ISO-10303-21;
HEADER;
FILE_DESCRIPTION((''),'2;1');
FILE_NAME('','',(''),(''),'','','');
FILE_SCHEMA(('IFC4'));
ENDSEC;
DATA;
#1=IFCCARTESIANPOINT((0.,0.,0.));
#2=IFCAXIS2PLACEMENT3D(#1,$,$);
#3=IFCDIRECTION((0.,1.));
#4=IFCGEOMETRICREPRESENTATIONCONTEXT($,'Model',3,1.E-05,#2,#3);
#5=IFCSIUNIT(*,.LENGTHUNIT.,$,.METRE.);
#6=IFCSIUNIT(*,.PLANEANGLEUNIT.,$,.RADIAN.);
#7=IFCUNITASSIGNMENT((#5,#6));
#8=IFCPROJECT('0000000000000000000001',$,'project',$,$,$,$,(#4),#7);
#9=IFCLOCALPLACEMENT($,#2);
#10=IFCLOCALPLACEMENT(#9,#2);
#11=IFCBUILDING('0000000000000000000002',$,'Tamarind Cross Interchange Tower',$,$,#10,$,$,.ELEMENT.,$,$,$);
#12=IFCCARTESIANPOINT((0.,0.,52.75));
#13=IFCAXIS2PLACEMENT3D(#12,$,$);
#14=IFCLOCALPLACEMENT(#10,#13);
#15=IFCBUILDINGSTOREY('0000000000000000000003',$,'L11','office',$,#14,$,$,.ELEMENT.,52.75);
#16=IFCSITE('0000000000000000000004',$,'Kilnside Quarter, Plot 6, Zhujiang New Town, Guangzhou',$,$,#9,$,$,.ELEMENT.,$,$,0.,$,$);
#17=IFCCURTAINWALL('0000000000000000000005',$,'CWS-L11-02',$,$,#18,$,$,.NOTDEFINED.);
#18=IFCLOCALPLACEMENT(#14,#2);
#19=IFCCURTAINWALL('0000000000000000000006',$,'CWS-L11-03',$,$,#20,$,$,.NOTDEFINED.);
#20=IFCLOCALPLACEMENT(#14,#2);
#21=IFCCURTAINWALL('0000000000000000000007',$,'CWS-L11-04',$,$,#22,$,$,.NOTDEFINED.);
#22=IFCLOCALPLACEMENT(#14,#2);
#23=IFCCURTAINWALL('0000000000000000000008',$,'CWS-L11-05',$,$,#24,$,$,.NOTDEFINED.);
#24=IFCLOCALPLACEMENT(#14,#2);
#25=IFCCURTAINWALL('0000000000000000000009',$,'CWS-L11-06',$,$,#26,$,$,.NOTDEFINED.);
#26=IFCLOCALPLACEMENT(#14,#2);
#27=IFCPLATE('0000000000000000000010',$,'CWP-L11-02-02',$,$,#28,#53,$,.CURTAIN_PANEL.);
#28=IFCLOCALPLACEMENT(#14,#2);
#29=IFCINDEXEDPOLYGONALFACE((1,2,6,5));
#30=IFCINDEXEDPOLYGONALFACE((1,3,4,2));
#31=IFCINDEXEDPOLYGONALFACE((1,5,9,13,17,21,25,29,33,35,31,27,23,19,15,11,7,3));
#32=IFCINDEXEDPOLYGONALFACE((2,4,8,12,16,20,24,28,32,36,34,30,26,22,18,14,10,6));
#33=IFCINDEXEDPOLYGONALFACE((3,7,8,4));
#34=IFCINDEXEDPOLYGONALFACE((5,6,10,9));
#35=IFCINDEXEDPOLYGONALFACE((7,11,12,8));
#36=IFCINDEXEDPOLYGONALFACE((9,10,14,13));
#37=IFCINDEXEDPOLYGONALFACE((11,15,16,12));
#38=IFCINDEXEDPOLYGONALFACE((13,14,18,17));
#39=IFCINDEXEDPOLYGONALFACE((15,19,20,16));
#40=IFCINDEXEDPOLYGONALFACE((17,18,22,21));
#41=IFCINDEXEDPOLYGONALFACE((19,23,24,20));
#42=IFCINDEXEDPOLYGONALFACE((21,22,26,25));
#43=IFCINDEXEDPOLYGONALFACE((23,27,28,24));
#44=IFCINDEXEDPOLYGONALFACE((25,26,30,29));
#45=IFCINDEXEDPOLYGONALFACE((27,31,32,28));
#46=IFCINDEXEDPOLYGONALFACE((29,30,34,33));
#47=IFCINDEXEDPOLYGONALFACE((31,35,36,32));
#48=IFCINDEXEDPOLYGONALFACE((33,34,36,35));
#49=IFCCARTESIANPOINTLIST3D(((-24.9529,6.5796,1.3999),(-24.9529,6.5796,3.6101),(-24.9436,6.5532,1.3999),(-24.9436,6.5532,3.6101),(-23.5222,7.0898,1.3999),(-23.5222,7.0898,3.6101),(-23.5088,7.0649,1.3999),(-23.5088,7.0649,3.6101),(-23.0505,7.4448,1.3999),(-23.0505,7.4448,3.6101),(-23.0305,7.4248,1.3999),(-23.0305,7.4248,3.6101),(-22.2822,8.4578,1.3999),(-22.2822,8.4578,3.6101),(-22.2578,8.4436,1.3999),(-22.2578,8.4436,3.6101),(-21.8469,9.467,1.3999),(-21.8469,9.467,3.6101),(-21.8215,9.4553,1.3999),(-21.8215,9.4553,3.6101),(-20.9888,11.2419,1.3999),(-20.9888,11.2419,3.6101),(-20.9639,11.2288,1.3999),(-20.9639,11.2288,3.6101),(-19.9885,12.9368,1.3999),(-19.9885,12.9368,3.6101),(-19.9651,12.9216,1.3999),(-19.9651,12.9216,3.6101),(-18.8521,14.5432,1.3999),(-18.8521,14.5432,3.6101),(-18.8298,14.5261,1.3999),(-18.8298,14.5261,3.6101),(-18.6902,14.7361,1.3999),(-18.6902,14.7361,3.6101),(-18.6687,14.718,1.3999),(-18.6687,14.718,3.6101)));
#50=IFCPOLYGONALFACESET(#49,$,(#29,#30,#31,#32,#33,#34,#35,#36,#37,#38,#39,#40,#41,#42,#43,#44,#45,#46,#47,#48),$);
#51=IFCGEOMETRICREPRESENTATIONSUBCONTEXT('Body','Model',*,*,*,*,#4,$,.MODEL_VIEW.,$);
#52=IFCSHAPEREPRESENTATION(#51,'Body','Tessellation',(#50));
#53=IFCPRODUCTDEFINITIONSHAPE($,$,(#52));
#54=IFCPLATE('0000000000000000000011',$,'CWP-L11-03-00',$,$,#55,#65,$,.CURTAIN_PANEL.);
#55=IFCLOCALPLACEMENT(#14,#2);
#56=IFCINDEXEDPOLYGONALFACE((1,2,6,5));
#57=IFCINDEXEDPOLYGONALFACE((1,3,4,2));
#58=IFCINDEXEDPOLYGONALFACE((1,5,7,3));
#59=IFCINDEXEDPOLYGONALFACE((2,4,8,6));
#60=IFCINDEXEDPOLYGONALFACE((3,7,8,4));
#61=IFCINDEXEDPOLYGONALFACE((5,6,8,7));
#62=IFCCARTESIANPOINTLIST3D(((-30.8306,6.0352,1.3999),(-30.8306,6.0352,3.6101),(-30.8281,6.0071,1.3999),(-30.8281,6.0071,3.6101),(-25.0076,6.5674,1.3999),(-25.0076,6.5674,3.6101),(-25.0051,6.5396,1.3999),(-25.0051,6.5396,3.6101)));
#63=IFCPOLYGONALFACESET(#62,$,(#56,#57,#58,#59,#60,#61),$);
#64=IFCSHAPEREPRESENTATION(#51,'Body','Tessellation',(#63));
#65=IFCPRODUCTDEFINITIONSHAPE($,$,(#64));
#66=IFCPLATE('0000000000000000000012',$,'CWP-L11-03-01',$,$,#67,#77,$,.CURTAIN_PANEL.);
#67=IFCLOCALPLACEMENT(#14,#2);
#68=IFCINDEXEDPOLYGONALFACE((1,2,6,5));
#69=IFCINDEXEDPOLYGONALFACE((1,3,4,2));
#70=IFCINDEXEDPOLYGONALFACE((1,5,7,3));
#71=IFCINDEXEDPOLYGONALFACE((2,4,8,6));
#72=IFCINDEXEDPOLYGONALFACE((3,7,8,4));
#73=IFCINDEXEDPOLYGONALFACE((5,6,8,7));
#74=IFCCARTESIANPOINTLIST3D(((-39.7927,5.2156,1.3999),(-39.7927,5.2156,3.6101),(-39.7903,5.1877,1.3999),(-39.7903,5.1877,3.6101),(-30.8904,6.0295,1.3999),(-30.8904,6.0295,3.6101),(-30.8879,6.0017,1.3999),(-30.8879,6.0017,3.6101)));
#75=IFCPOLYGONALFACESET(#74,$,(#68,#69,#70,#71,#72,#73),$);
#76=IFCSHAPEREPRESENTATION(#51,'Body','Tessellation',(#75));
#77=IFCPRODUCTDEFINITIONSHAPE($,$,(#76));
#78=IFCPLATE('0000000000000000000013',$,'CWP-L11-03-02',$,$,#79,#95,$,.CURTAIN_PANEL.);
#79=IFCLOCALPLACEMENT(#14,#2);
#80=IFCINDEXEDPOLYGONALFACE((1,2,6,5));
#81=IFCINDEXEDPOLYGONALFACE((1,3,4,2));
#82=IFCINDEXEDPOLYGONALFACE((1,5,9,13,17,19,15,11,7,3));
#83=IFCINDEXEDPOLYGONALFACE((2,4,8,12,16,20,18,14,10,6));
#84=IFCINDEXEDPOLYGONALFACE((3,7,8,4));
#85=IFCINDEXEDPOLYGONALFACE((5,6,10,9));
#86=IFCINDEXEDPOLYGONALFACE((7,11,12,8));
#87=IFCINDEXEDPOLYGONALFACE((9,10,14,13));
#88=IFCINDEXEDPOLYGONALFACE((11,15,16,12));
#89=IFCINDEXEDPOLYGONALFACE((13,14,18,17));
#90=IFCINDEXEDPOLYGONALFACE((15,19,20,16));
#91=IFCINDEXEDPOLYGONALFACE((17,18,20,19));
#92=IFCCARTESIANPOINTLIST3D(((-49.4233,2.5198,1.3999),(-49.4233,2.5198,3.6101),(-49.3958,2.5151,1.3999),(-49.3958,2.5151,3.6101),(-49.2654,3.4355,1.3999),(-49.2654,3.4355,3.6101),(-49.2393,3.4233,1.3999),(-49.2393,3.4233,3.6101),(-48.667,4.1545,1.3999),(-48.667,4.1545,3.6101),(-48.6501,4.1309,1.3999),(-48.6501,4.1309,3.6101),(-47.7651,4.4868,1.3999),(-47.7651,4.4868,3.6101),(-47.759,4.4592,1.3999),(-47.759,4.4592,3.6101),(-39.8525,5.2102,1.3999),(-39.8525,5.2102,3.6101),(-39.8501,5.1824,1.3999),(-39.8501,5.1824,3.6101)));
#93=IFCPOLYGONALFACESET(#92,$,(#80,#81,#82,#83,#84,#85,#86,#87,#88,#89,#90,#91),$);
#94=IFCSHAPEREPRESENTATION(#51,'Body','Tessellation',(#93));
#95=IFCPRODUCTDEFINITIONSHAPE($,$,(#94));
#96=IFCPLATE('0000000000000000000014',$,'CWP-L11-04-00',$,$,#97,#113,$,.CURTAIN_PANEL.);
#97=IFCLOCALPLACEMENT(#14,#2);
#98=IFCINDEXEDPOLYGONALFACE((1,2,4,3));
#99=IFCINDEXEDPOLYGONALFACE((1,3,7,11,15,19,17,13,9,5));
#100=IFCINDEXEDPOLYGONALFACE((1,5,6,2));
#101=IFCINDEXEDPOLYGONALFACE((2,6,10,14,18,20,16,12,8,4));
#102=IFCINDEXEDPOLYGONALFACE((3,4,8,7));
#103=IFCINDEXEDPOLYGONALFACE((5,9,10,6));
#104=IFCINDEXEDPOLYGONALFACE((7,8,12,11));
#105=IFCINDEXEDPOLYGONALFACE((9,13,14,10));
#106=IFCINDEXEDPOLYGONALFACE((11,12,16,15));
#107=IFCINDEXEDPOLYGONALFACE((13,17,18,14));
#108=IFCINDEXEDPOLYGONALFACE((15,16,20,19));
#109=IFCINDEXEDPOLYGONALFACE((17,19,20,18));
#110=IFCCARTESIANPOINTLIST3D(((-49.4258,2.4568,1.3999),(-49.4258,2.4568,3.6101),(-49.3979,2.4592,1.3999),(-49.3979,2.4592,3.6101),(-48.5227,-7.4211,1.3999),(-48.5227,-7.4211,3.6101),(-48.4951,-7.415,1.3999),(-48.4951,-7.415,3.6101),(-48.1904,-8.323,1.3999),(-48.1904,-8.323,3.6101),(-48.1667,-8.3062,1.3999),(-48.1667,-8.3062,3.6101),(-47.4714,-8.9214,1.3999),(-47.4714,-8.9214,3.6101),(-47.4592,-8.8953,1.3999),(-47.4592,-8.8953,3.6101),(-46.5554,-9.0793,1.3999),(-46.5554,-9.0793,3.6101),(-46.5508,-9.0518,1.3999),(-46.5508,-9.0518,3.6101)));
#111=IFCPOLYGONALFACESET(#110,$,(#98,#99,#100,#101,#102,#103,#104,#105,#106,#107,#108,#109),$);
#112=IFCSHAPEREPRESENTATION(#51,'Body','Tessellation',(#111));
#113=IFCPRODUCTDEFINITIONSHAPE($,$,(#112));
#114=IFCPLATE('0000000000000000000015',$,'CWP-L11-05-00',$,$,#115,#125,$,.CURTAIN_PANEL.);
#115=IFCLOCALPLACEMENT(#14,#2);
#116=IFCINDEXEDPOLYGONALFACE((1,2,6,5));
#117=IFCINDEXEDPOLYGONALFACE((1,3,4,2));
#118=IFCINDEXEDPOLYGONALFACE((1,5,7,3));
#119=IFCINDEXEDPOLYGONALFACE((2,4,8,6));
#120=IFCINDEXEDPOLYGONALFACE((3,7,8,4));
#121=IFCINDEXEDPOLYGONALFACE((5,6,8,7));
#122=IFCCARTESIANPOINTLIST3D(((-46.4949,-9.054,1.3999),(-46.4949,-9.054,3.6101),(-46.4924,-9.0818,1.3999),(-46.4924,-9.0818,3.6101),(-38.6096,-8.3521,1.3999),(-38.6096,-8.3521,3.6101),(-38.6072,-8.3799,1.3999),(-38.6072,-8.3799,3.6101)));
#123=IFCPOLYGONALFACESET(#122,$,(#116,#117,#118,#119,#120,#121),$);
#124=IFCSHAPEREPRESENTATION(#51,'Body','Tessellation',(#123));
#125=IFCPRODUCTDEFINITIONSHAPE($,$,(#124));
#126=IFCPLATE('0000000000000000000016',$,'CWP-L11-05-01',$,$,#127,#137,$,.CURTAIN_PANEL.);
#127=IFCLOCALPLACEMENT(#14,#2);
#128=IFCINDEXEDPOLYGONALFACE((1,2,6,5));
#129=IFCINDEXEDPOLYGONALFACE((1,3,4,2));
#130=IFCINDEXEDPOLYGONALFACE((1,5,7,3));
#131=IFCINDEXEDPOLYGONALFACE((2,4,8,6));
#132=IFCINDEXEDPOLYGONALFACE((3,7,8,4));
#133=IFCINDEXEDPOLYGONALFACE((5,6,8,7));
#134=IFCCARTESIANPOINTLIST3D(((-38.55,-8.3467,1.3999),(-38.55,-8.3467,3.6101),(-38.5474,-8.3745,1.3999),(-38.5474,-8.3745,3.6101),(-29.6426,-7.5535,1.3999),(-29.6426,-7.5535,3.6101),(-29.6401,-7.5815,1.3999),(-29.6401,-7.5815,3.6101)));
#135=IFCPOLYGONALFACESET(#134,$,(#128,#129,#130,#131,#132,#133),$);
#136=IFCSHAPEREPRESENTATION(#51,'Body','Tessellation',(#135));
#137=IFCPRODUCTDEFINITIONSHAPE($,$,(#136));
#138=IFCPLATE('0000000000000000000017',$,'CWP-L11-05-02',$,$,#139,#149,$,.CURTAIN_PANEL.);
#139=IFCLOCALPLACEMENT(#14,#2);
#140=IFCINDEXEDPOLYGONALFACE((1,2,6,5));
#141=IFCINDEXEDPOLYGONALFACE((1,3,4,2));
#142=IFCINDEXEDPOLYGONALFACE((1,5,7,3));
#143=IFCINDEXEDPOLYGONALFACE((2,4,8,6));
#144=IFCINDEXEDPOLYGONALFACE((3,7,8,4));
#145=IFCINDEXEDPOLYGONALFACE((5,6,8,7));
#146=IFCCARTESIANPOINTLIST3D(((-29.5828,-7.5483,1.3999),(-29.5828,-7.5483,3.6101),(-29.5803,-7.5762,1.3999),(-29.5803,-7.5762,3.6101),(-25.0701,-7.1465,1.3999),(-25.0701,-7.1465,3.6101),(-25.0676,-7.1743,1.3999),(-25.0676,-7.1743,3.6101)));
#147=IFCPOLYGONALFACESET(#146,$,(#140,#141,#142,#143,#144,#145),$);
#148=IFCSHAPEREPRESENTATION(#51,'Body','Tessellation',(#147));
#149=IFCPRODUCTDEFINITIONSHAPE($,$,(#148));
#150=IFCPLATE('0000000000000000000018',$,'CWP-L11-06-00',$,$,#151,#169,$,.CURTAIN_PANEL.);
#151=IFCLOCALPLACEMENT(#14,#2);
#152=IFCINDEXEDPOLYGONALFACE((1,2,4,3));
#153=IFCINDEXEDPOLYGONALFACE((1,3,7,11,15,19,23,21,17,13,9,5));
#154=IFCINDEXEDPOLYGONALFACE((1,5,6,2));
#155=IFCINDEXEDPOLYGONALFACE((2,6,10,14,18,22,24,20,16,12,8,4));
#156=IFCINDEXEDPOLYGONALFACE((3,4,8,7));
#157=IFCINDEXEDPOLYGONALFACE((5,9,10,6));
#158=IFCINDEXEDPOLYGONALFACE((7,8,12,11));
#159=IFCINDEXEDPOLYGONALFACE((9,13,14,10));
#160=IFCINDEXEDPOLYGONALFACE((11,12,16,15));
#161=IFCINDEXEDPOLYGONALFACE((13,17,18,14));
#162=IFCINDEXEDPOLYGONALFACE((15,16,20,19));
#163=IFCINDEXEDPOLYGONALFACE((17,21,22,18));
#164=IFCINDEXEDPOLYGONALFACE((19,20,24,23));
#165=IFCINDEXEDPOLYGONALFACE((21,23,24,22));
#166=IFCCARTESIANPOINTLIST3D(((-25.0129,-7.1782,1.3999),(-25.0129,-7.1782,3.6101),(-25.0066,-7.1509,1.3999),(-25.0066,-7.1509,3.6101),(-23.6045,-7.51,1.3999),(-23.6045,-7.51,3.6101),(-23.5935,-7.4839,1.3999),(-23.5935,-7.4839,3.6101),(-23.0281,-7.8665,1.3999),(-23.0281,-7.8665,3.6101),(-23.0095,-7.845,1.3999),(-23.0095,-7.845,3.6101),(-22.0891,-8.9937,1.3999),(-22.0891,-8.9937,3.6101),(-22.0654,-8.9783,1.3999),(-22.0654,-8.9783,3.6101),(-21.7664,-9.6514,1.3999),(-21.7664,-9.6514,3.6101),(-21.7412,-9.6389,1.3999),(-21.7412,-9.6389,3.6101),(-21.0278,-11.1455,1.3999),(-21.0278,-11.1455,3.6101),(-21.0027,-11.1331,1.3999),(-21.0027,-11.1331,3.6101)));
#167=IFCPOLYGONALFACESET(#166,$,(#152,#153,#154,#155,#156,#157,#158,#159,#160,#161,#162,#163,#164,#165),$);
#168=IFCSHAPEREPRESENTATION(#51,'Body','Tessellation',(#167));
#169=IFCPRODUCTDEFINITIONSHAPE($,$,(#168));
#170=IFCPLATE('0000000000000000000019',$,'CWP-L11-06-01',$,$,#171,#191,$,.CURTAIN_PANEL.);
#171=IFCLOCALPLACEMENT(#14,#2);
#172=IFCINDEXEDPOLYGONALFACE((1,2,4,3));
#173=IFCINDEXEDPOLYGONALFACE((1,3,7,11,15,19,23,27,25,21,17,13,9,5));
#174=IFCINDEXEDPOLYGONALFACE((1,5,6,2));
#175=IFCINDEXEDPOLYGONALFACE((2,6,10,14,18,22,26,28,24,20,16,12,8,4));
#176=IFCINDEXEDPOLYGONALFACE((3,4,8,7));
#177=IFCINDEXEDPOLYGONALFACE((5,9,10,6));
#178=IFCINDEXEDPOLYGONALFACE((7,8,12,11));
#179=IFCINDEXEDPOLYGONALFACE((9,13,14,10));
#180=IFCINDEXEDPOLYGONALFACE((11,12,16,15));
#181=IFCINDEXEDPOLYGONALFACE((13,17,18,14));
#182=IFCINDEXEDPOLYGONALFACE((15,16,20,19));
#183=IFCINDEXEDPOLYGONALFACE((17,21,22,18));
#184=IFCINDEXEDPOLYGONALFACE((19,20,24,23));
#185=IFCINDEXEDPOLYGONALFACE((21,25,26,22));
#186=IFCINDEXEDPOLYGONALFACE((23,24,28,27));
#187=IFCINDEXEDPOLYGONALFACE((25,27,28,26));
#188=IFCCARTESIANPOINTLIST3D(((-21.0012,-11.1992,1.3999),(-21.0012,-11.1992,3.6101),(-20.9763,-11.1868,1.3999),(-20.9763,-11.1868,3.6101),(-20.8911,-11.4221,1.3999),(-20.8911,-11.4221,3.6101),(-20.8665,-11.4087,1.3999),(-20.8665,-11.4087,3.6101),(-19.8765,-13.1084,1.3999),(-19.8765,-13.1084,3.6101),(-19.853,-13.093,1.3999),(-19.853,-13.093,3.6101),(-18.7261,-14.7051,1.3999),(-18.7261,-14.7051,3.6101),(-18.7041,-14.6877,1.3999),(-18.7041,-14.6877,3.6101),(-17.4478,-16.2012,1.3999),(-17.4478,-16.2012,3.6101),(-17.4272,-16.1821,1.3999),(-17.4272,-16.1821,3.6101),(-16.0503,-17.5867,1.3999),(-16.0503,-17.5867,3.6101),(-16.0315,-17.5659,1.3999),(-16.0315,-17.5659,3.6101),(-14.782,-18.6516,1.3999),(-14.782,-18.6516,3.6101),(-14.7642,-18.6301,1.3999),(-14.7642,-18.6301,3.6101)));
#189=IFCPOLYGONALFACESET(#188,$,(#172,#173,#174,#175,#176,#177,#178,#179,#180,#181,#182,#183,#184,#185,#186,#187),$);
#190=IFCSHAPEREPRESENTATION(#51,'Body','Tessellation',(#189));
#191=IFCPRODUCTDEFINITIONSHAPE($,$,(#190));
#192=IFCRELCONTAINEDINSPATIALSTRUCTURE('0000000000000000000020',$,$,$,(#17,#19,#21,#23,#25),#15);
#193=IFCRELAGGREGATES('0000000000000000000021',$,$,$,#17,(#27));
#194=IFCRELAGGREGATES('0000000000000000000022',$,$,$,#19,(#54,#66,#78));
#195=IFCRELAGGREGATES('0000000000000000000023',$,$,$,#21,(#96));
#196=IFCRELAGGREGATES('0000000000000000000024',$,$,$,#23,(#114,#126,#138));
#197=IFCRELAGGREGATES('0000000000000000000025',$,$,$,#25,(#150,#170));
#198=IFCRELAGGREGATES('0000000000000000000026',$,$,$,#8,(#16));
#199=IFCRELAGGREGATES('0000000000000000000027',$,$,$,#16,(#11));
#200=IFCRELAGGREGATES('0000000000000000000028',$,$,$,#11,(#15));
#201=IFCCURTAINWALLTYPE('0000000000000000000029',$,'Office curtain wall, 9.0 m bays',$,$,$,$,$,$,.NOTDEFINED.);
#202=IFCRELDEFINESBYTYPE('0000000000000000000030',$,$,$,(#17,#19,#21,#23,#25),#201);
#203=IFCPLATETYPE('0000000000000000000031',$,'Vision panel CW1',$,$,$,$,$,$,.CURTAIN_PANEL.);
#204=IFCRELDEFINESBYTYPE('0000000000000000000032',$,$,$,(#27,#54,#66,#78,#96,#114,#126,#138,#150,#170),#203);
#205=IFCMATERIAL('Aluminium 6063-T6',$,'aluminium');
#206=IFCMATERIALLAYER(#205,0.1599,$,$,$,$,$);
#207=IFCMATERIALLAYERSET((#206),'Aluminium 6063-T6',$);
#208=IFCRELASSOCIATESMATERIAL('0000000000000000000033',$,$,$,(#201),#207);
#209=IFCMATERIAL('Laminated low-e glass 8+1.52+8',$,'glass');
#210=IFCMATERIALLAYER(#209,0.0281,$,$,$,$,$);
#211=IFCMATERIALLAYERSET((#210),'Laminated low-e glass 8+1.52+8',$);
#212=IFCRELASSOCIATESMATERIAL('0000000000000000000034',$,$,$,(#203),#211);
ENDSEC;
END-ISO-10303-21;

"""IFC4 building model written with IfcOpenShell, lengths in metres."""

from ifc_helpers import new_model, si_unit, direction, frame, origin, place, context, subcontext, project, spatial, polyline, outline, extrude, material, layer, layer_set, type_object, element, aggregate, save


model = new_model("IFC4")

# Units and contexts
model_context = context("Model", 3, precision=1e-05, world=origin(), true_north=direction((0.0, 1.0)))
body_context = subcontext(model_context, "Body", "Model", "MODEL_VIEW")
ifc_project = project(units=[si_unit("LENGTHUNIT", "METRE"), si_unit("PLANEANGLEUNIT", "RADIAN")], contexts=[model_context])

# Site, building, storey
site_placement = place(None, origin())
site = spatial("IfcSite", under=ifc_project, at=site_placement, Name="Kilnside Quarter, Plot 6, Zhujiang New Town, Guangzhou", CompositionType="ELEMENT", RefElevation=0.0)
building_placement = place(site_placement, origin())
building = spatial("IfcBuilding", under=site, at=building_placement, Name="Tamarind Cross Interchange Tower", CompositionType="ELEMENT")
storey_placement = place(building_placement, frame((0.0, 0.0, 52.75)))
storey = spatial("IfcBuildingStorey", under=building, at=storey_placement, Name="L11", Description="office", CompositionType="ELEMENT", Elevation=52.75)

# Curtain walls
ifc_material_1 = material(Name="Aluminium 6063-T6", Category="aluminium")
ifc_layer_1 = layer(ifc_material_1, 0.1599)
ifc_layer_set_1 = layer_set([ifc_layer_1], Name="Aluminium 6063-T6")
curtain_wall_type = type_object("IfcCurtainWallType", Name="Office curtain wall, 9.0 m bays", PredefinedType="NOTDEFINED", material=ifc_layer_set_1)
curtain_wall_1_placement = place(storey_placement, origin())
curtain_wall_1 = element("IfcCurtainWall", 1, at=curtain_wall_1_placement, inside=storey, type_object=curtain_wall_type, Name="CWS-L11-02", PredefinedType="NOTDEFINED")
curtain_wall_2_placement = place(storey_placement, origin())
curtain_wall_2 = element("IfcCurtainWall", 2, at=curtain_wall_2_placement, inside=storey, type_object=curtain_wall_type, Name="CWS-L11-03", PredefinedType="NOTDEFINED")
curtain_wall_3_placement = place(storey_placement, origin())
curtain_wall_3 = element("IfcCurtainWall", 3, at=curtain_wall_3_placement, inside=storey, type_object=curtain_wall_type, Name="CWS-L11-04", PredefinedType="NOTDEFINED")
curtain_wall_4_placement = place(storey_placement, origin())
curtain_wall_4 = element("IfcCurtainWall", 4, at=curtain_wall_4_placement, inside=storey, type_object=curtain_wall_type, Name="CWS-L11-05", PredefinedType="NOTDEFINED")
curtain_wall_5_placement = place(storey_placement, origin())
curtain_wall_5 = element("IfcCurtainWall", 5, at=curtain_wall_5_placement, inside=storey, type_object=curtain_wall_type, Name="CWS-L11-06", PredefinedType="NOTDEFINED")

# Plates
ifc_material_2 = material(Name="Laminated low-e glass 8+1.52+8", Category="glass")
ifc_layer_2 = layer(ifc_material_2, 0.0281)
ifc_layer_set_2 = layer_set([ifc_layer_2], Name="Laminated low-e glass 8+1.52+8")
plate_type = type_object("IfcPlateType", Name="Vision panel CW1", PredefinedType="CURTAIN_PANEL", material=ifc_layer_set_2)
plate_1_placement = place(storey_placement, frame((0.0, 0.0, 1.3999)))
plate_1 = element("IfcPlate", 6, at=plate_1_placement, type_object=plate_type, Name="CWP-L11-02-02", PredefinedType="CURTAIN_PANEL", context=body_context, shape_type="SweptSolid", body=[
    extrude(outline(polyline([(-18.6687, 14.718), (-18.8298, 14.5261), (-19.9651, 12.9216), (-20.9639, 11.2288), (-21.8215, 9.4553), (-22.2578, 8.4436), (-23.0305, 7.4248), (-23.5088, 7.0649), (-24.9436, 6.5532), (-24.9529, 6.5796), (-23.5222, 7.0898), (-23.0505, 7.4448), (-22.2822, 8.4578), (-21.8469, 9.467), (-20.9888, 11.2419), (-19.9885, 12.9368), (-18.8521, 14.5432), (-18.6902, 14.7361), (-18.6687, 14.718)])), origin(), (0.0, 0.0, 1.0), 2.2102),
])
aggregate(curtain_wall_1, [plate_1])
plate_2_placement = place(storey_placement, frame((0.0, 0.0, 1.3999)))
plate_2 = element("IfcPlate", 7, at=plate_2_placement, type_object=plate_type, Name="CWP-L11-03-00", PredefinedType="CURTAIN_PANEL", context=body_context, shape_type="SweptSolid", body=[
    extrude(outline(polyline([(-25.0051, 6.5396), (-30.8281, 6.0071), (-30.8306, 6.0352), (-25.0076, 6.5674), (-25.0051, 6.5396)])), origin(), (0.0, 0.0, 1.0), 2.2102),
])
plate_3_placement = place(storey_placement, frame((0.0, 0.0, 1.3999)))
plate_3 = element("IfcPlate", 8, at=plate_3_placement, type_object=plate_type, Name="CWP-L11-03-01", PredefinedType="CURTAIN_PANEL", context=body_context, shape_type="SweptSolid", body=[
    extrude(outline(polyline([(-30.8879, 6.0017), (-39.7903, 5.1877), (-39.7927, 5.2156), (-30.8904, 6.0295), (-30.8879, 6.0017)])), origin(), (0.0, 0.0, 1.0), 2.2102),
])
plate_4_placement = place(storey_placement, frame((0.0, 0.0, 1.3999)))
plate_4 = element("IfcPlate", 9, at=plate_4_placement, type_object=plate_type, Name="CWP-L11-03-02", PredefinedType="CURTAIN_PANEL", context=body_context, shape_type="SweptSolid", body=[
    extrude(outline(polyline([(-39.8501, 5.1824), (-47.759, 4.4592), (-48.6501, 4.1309), (-49.2393, 3.4233), (-49.3958, 2.5151), (-49.4233, 2.5198), (-49.2654, 3.4355), (-48.667, 4.1545), (-47.7651, 4.4868), (-39.8525, 5.2102), (-39.8501, 5.1824)])), origin(), (0.0, 0.0, 1.0), 2.2102),
])
aggregate(curtain_wall_2, [plate_2, plate_3, plate_4])
plate_5_placement = place(storey_placement, frame((0.0, 0.0, 1.3999)))
plate_5 = element("IfcPlate", 10, at=plate_5_placement, type_object=plate_type, Name="CWP-L11-04-00", PredefinedType="CURTAIN_PANEL", context=body_context, shape_type="SweptSolid", body=[
    extrude(outline(polyline([(-49.3979, 2.4592), (-48.4951, -7.415), (-48.1667, -8.3062), (-47.4592, -8.8953), (-46.5508, -9.0518), (-46.5554, -9.0793), (-47.4714, -8.9214), (-48.1904, -8.323), (-48.5227, -7.4211), (-49.4258, 2.4568), (-49.3979, 2.4592)])), origin(), (0.0, 0.0, 1.0), 2.2102),
])
aggregate(curtain_wall_3, [plate_5])
plate_6_placement = place(storey_placement, frame((0.0, 0.0, 1.3999)))
plate_6 = element("IfcPlate", 11, at=plate_6_placement, type_object=plate_type, Name="CWP-L11-05-00", PredefinedType="CURTAIN_PANEL", context=body_context, shape_type="SweptSolid", body=[
    extrude(outline(polyline([(-46.4949, -9.054), (-38.6096, -8.3521), (-38.6072, -8.3799), (-46.4924, -9.0818), (-46.4949, -9.054)])), origin(), (0.0, 0.0, 1.0), 2.2102),
])
plate_7_placement = place(storey_placement, frame((0.0, 0.0, 1.3999)))
plate_7 = element("IfcPlate", 12, at=plate_7_placement, type_object=plate_type, Name="CWP-L11-05-01", PredefinedType="CURTAIN_PANEL", context=body_context, shape_type="SweptSolid", body=[
    extrude(outline(polyline([(-38.55, -8.3467), (-29.6426, -7.5535), (-29.6401, -7.5815), (-38.5474, -8.3745), (-38.55, -8.3467)])), origin(), (0.0, 0.0, 1.0), 2.2102),
])
plate_8_placement = place(storey_placement, frame((0.0, 0.0, 1.3999)))
plate_8 = element("IfcPlate", 13, at=plate_8_placement, type_object=plate_type, Name="CWP-L11-05-02", PredefinedType="CURTAIN_PANEL", context=body_context, shape_type="SweptSolid", body=[
    extrude(outline(polyline([(-29.5828, -7.5483), (-25.0701, -7.1465), (-25.0676, -7.1743), (-29.5803, -7.5762), (-29.5828, -7.5483)])), origin(), (0.0, 0.0, 1.0), 2.2102),
])
aggregate(curtain_wall_4, [plate_6, plate_7, plate_8])
plate_9_placement = place(storey_placement, frame((0.0, 0.0, 1.3999)))
plate_9 = element("IfcPlate", 14, at=plate_9_placement, type_object=plate_type, Name="CWP-L11-06-00", PredefinedType="CURTAIN_PANEL", context=body_context, shape_type="SweptSolid", body=[
    extrude(outline(polyline([(-25.0066, -7.1509), (-23.5935, -7.4839), (-23.0095, -7.845), (-22.0654, -8.9783), (-21.7412, -9.6389), (-21.0027, -11.1331), (-21.0278, -11.1455), (-21.7664, -9.6514), (-22.0891, -8.9937), (-23.0281, -7.8665), (-23.6045, -7.51), (-25.0129, -7.1782), (-25.0066, -7.1509)])), origin(), (0.0, 0.0, 1.0), 2.2102),
])
plate_10_placement = place(storey_placement, frame((0.0, 0.0, 1.3999)))
plate_10 = element("IfcPlate", 15, at=plate_10_placement, type_object=plate_type, Name="CWP-L11-06-01", PredefinedType="CURTAIN_PANEL", context=body_context, shape_type="SweptSolid", body=[
    extrude(outline(polyline([(-20.9763, -11.1868), (-20.8665, -11.4087), (-19.853, -13.093), (-18.7041, -14.6877), (-17.4272, -16.1821), (-16.0315, -17.5659), (-14.7642, -18.6301), (-14.782, -18.6516), (-16.0503, -17.5867), (-17.4478, -16.2012), (-18.7261, -14.7051), (-19.8765, -13.1084), (-20.8911, -11.4221), (-21.0012, -11.1992), (-20.9763, -11.1868)])), origin(), (0.0, 0.0, 1.0), 2.2102),
])
aggregate(curtain_wall_5, [plate_9, plate_10])

save(model, "model.ifc")
